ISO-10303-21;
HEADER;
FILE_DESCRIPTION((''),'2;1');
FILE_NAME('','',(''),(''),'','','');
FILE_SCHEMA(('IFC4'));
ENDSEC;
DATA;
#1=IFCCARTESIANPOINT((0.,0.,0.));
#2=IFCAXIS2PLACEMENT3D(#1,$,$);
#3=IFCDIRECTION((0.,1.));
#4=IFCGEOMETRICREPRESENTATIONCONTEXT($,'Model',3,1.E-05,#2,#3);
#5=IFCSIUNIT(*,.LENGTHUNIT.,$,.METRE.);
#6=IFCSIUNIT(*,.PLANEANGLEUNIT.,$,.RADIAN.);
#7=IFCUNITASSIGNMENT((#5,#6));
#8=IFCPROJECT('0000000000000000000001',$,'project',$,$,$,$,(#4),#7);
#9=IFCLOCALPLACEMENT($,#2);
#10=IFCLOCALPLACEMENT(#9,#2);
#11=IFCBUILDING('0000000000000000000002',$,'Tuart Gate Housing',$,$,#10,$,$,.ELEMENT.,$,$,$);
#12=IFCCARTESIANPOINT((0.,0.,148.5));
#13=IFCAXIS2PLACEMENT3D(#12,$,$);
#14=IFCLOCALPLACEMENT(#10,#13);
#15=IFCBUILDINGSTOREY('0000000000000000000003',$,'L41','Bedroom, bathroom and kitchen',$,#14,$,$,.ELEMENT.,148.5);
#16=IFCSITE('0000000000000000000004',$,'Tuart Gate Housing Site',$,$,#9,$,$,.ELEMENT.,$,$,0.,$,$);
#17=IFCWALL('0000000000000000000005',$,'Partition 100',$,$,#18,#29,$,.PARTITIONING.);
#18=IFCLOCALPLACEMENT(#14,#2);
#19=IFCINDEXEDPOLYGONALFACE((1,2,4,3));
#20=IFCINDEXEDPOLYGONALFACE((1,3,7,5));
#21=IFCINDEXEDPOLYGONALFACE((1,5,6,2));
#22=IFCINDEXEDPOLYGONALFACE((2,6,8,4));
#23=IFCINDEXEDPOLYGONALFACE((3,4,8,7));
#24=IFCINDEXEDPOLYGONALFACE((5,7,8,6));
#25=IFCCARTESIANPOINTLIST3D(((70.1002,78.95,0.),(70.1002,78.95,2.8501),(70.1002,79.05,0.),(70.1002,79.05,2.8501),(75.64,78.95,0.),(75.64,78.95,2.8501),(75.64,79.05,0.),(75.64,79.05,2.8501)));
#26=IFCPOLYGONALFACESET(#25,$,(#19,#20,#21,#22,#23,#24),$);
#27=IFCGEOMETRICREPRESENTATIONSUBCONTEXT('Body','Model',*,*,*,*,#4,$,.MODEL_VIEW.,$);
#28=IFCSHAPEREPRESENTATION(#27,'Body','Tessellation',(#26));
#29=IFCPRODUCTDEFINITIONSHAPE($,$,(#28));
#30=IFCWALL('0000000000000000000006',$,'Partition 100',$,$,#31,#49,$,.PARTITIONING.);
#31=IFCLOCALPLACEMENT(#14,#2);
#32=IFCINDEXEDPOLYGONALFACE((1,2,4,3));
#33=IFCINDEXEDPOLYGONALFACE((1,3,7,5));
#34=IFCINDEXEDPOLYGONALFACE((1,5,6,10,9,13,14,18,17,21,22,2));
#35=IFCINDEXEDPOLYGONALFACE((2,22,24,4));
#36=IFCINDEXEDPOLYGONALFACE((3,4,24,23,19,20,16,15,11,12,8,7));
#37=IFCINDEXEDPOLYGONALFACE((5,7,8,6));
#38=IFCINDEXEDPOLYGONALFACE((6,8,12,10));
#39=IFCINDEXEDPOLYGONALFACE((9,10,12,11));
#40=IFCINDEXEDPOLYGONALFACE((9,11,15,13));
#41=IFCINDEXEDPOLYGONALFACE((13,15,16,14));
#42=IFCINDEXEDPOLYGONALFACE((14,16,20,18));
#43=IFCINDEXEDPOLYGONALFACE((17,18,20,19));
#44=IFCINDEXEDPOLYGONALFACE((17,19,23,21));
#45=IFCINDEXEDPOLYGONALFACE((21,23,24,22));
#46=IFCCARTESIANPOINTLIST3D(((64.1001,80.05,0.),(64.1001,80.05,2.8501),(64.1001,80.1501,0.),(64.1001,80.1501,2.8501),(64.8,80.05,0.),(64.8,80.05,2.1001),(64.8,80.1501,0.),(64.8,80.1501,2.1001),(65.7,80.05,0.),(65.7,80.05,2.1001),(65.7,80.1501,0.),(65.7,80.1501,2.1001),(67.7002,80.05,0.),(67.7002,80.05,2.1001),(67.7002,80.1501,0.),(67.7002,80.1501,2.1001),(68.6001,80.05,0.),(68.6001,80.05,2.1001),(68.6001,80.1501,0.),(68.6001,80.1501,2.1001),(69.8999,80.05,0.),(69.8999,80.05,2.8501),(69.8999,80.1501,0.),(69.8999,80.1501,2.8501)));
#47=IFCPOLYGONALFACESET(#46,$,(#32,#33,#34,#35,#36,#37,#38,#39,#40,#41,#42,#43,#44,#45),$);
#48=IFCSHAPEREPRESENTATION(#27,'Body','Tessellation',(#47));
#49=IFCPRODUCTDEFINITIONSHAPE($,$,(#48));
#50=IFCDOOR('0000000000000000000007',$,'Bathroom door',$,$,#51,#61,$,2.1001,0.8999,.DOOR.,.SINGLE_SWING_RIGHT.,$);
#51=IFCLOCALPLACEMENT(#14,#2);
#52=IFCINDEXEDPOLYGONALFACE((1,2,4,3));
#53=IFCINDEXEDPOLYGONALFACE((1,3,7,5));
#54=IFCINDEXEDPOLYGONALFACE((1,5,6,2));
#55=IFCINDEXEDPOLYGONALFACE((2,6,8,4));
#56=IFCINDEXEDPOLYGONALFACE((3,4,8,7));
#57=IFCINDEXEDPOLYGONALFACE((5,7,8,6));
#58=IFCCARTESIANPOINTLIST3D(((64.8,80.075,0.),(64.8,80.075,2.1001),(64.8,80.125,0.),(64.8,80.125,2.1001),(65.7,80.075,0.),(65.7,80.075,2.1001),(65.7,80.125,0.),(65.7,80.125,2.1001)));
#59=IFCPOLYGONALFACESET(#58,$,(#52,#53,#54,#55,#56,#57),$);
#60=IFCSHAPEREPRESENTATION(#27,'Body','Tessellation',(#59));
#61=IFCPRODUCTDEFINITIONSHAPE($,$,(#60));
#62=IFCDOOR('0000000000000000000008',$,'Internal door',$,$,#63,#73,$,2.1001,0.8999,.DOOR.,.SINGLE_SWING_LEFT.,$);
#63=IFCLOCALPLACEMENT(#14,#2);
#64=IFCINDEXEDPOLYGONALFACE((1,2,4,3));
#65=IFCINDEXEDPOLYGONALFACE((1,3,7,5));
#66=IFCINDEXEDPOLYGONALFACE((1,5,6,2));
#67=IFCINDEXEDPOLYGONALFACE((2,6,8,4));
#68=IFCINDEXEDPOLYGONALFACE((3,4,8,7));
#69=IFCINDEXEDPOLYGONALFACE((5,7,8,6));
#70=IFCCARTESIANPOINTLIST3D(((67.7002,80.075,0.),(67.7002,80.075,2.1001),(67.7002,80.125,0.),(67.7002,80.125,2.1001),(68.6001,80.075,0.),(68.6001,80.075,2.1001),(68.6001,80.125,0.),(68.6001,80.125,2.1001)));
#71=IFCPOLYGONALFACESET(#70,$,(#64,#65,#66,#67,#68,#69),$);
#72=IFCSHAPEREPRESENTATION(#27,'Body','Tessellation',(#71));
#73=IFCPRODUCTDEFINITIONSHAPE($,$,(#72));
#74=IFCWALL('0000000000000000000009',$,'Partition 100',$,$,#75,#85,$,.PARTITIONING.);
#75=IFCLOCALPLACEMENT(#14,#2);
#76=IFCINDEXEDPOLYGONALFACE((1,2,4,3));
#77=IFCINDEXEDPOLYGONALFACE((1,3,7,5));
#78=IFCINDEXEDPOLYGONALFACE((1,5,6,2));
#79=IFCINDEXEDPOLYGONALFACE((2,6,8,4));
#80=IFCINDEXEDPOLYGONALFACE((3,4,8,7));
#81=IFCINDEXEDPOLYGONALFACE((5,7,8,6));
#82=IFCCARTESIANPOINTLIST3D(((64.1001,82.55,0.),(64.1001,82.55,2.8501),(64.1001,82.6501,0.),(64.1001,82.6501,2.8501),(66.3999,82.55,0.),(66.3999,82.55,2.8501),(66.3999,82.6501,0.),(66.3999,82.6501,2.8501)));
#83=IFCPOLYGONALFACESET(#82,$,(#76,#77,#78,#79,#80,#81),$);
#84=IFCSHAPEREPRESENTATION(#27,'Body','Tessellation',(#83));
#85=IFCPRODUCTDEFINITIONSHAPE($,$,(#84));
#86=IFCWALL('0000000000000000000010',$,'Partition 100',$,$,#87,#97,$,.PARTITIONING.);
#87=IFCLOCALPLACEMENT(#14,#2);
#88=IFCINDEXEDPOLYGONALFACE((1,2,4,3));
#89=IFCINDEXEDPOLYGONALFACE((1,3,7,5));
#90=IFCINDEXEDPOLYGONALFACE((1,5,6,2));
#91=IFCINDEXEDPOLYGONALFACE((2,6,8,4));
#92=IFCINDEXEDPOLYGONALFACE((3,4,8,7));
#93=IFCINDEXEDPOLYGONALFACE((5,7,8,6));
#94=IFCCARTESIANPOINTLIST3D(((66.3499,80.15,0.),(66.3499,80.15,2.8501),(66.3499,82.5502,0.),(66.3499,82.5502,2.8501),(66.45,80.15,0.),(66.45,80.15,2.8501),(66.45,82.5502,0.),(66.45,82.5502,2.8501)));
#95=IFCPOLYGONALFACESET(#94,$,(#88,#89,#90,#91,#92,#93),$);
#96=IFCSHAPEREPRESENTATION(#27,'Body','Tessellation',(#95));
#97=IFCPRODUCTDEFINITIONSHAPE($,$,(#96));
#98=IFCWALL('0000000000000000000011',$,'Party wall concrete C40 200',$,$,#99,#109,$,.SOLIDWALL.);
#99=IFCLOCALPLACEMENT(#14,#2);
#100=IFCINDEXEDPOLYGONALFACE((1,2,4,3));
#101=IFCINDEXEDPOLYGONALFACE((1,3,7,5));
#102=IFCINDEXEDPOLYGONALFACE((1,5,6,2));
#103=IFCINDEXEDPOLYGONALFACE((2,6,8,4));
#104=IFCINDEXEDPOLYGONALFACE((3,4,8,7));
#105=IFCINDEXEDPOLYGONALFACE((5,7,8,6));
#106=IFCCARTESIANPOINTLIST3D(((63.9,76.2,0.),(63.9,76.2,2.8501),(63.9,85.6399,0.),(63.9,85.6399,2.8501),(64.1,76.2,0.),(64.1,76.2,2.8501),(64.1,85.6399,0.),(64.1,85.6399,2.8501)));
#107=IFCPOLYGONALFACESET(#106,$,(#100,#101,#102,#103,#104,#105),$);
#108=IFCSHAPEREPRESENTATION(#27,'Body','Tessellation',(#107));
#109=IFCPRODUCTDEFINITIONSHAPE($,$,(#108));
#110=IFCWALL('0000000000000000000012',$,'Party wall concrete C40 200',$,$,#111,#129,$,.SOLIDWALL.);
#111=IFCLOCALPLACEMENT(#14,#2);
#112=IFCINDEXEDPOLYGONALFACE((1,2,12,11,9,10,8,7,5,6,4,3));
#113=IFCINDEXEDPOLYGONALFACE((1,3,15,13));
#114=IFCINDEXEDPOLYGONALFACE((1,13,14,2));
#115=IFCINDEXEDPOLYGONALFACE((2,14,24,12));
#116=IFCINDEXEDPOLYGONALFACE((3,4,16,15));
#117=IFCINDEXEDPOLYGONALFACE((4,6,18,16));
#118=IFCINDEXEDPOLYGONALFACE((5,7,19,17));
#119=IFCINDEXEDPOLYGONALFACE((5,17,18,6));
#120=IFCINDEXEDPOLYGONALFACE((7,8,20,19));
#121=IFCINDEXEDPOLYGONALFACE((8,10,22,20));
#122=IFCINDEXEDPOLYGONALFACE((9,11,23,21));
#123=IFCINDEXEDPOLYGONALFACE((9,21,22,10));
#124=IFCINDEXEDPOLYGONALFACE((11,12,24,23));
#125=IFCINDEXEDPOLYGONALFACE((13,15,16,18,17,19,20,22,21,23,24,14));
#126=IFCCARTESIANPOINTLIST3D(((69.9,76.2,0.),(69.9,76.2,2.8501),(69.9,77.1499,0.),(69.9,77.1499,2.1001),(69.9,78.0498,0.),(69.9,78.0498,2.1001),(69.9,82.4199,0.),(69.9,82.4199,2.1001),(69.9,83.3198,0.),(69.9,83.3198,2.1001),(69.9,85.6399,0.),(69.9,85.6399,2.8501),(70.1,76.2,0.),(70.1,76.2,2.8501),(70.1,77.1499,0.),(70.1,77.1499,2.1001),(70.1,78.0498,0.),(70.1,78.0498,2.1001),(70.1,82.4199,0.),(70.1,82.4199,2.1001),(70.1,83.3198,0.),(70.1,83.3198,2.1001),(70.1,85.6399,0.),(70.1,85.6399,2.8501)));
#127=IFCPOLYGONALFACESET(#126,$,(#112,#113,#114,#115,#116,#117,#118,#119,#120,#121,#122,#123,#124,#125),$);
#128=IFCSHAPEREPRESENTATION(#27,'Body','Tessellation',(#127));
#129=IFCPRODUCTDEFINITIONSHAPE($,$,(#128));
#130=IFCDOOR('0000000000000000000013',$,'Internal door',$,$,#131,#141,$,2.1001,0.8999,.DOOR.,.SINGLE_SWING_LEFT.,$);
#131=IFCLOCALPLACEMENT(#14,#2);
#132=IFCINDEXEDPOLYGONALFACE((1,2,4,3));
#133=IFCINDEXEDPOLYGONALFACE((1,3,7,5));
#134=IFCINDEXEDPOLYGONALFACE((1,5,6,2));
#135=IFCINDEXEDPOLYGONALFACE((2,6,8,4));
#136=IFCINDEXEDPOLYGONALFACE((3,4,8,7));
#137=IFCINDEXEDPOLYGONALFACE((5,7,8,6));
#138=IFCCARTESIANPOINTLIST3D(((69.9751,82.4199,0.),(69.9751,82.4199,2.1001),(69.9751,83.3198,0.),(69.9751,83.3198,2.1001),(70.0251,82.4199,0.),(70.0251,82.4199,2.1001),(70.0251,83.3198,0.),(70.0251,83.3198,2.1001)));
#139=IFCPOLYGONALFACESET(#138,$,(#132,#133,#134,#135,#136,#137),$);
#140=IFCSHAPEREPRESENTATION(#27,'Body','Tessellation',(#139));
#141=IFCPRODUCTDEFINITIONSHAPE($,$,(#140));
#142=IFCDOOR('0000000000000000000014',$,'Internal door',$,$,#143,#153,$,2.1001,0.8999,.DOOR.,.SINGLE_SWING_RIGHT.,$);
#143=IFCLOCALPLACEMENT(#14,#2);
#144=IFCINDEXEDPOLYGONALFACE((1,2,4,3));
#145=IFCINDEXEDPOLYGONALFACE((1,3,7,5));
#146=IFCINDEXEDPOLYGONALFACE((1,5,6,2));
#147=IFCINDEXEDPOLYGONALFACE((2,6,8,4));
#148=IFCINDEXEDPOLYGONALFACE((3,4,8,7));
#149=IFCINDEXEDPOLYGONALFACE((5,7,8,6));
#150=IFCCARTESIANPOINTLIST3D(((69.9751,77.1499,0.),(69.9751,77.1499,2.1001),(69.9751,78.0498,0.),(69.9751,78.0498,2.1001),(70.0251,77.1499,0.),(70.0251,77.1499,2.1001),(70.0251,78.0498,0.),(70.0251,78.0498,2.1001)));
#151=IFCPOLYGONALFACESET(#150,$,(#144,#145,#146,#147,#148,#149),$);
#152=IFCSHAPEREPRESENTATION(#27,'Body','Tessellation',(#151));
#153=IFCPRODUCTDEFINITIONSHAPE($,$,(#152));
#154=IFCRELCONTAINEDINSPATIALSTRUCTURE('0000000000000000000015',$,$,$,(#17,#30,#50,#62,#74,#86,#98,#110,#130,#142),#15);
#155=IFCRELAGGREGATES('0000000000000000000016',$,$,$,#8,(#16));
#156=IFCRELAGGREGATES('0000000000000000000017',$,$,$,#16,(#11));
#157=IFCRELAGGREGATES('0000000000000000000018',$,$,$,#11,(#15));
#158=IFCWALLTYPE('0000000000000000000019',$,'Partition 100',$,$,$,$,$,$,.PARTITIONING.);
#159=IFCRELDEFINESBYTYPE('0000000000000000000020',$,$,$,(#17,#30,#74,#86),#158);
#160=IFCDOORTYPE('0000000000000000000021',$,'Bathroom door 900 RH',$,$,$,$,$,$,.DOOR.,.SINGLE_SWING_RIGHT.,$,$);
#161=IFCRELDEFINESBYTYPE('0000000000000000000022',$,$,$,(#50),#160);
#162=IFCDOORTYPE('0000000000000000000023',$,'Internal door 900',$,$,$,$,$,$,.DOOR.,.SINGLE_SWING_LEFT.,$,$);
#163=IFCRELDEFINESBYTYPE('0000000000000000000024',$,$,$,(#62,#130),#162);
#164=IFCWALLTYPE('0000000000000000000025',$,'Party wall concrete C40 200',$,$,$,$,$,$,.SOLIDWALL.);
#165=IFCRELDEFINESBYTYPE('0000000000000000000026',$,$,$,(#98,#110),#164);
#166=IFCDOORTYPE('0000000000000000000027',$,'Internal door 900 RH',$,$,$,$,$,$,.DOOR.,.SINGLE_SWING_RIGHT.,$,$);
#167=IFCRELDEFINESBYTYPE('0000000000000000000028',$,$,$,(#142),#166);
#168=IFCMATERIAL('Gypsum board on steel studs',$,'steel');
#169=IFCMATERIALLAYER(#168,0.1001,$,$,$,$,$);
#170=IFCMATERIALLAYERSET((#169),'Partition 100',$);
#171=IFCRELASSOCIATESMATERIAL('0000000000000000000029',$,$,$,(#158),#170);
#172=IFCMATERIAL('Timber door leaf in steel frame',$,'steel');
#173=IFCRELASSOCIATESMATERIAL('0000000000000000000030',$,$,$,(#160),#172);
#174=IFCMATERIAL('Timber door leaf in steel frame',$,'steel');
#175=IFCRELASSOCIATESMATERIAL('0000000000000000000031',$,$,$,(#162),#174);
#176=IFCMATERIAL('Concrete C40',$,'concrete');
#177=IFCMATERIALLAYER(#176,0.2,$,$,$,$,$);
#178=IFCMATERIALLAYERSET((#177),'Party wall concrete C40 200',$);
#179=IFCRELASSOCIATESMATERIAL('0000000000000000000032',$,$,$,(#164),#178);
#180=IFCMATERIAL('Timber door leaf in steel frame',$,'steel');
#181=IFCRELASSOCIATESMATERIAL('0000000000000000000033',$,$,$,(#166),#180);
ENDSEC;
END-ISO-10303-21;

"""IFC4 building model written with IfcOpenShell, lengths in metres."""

from ifc_helpers import new_model, si_unit, direction, frame, frame_2d, origin, place, context, subcontext, project, spatial, rectangle, extrude, material, layer, layer_set, type_object, element, fill, save


model = new_model("IFC4")

# Units and contexts
model_context = context("Model", 3, precision=1e-05, world=origin(), true_north=direction((0.0, 1.0)))
body_context = subcontext(model_context, "Body", "Model", "MODEL_VIEW")
ifc_project = project(units=[si_unit("LENGTHUNIT", "METRE"), si_unit("PLANEANGLEUNIT", "RADIAN")], contexts=[model_context])

# Site, building, storey
site_placement = place(None, origin())
site = spatial("IfcSite", under=ifc_project, at=site_placement, Name="Tuart Gate Housing Site", CompositionType="ELEMENT", RefElevation=0.0)
building_placement = place(site_placement, origin())
building = spatial("IfcBuilding", under=site, at=building_placement, Name="Tuart Gate Housing", CompositionType="ELEMENT")
storey_placement = place(building_placement, frame((0.0, 0.0, 148.5)))
storey = spatial("IfcBuildingStorey", under=building, at=storey_placement, Name="L41", Description="Bedroom, bathroom and kitchen", CompositionType="ELEMENT", Elevation=148.5)

# Wall
ifc_material_1 = material(Name="Gypsum board on steel studs", Category="steel")
ifc_layer_1 = layer(ifc_material_1, 0.1001)
ifc_layer_set_1 = layer_set([ifc_layer_1], Name="Partition 100")
wall_type_1 = type_object("IfcWallType", Name="Partition 100", PredefinedType="PARTITIONING", material=ifc_layer_set_1)
wall_1_placement = place(storey_placement, frame((70.1001, 79.0, 0.0), z_axis=(0.0, 0.0, 1.0), x_axis=(1.0, 0.0, 0.0)))
element("IfcWall", 1, at=wall_1_placement, inside=storey, type_object=wall_type_1, Name="Partition 100", PredefinedType="PARTITIONING", context=body_context, shape_type="SweptSolid", body=[
    extrude(rectangle(XDim=5.5398, YDim=0.1001, at=frame_2d((2.77, 0.0))), origin(), (0.0, 0.0, 1.0), 2.8501),
])

# Wall, openings, doors
wall_2_placement = place(storey_placement, frame((64.1001, 80.1001, 0.0), z_axis=(0.0, 0.0, 1.0), x_axis=(1.0, 0.0, 0.0)))
wall_2 = element("IfcWall", 2, at=wall_2_placement, inside=storey, type_object=wall_type_1, Name="Partition 100", PredefinedType="PARTITIONING", context=body_context, shape_type="SweptSolid", body=[
    extrude(rectangle(XDim=5.7998, YDim=0.1001, at=frame_2d((2.8999, 0.0))), origin(), (0.0, 0.0, 1.0), 2.8501),
])
opening_1_placement = place(wall_2_placement, frame((3.6001, 0.0, 0.0)))
opening_1 = element("IfcOpeningElement", 3, at=opening_1_placement, cuts=wall_2, PredefinedType="OPENING", context=body_context, shape_type="SweptSolid", body=[
    extrude(rectangle(XDim=0.8999, YDim=2.1001, at=frame_2d((0.45, 1.05))), frame((0.0, 0.0601, 0.0), z_axis=(0.0, -1.0, 0.0), x_axis=(1.0, 0.0, 0.0)), (0.0, 0.0, 1.0), 0.1201),
])
opening_2_placement = place(wall_2_placement, frame((0.7, 0.0, 0.0)))
opening_2 = element("IfcOpeningElement", 4, at=opening_2_placement, cuts=wall_2, PredefinedType="OPENING", context=body_context, shape_type="SweptSolid", body=[
    extrude(rectangle(XDim=0.8999, YDim=2.1001, at=frame_2d((0.45, 1.05))), frame((0.0, 0.0601, 0.0), z_axis=(0.0, -1.0, 0.0), x_axis=(1.0, 0.0, 0.0)), (0.0, 0.0, 1.0), 0.1201),
])
ifc_material_2 = material(Name="Timber door leaf in steel frame", Category="steel")
door_type_1 = type_object("IfcDoorType", Name="Bathroom door 900 RH", OperationType="SINGLE_SWING_RIGHT", PredefinedType="DOOR", material=ifc_material_2)
door_1_placement = place(opening_2_placement, origin())
door_1 = element("IfcDoor", 5, at=door_1_placement, inside=storey, type_object=door_type_1, Name="Bathroom door", OperationType="SINGLE_SWING_RIGHT", OverallHeight=2.1001, OverallWidth=0.8999, PredefinedType="DOOR", context=body_context, shape_type="SweptSolid", body=[
    extrude(rectangle(XDim=0.8999, YDim=2.1001, at=frame_2d((0.45, 1.05))), frame((0.0, 0.0249, 0.0), z_axis=(0.0, -1.0, 0.0), x_axis=(1.0, 0.0, 0.0)), (0.0, 0.0, 1.0), 0.05),
])
fill(opening_2, door_1)
ifc_material_3 = material(Name="Timber door leaf in steel frame", Category="steel")
door_type_2 = type_object("IfcDoorType", Name="Internal door 900", OperationType="SINGLE_SWING_LEFT", PredefinedType="DOOR", material=ifc_material_3)
door_2_placement = place(opening_1_placement, frame((0.8999, 0.0, 0.0), z_axis=(0.0, 0.0, 1.0), x_axis=(-1.0, 0.0, 0.0)))
door_2 = element("IfcDoor", 6, at=door_2_placement, inside=storey, type_object=door_type_2, Name="Internal door", OperationType="SINGLE_SWING_LEFT", OverallHeight=2.1001, OverallWidth=0.8999, PredefinedType="DOOR", context=body_context, shape_type="SweptSolid", body=[
    extrude(rectangle(XDim=0.8999, YDim=2.1001, at=frame_2d((0.45, 1.05))), frame((0.0, 0.0251, 0.0), z_axis=(0.0, -1.0, 0.0), x_axis=(1.0, 0.0, 0.0)), (0.0, 0.0, 1.0), 0.05),
])
fill(opening_1, door_2)

# Walls
wall_3_placement = place(storey_placement, frame((64.1001, 82.6001, 0.0), z_axis=(0.0, 0.0, 1.0), x_axis=(1.0, 0.0, 0.0)))
element("IfcWall", 7, at=wall_3_placement, inside=storey, type_object=wall_type_1, Name="Partition 100", PredefinedType="PARTITIONING", context=body_context, shape_type="SweptSolid", body=[
    extrude(rectangle(XDim=2.2998, YDim=0.1001, at=frame_2d((1.1499, 0.0))), origin(), (0.0, 0.0, 1.0), 2.8501),
])
wall_4_placement = place(storey_placement, frame((66.3999, 80.1499, 0.0), z_axis=(0.0, 0.0, 1.0), x_axis=(0.0, 1.0, 0.0)))
element("IfcWall", 8, at=wall_4_placement, inside=storey, type_object=wall_type_1, Name="Partition 100", PredefinedType="PARTITIONING", context=body_context, shape_type="SweptSolid", body=[
    extrude(rectangle(XDim=2.4001, YDim=0.1001, at=frame_2d((1.2002, 0.0))), origin(), (0.0, 0.0, 1.0), 2.8501),
])
ifc_material_4 = material(Name="Concrete C40", Category="concrete")
ifc_layer_2 = layer(ifc_material_4, 0.2)
ifc_layer_set_2 = layer_set([ifc_layer_2], Name="Party wall concrete C40 200")
wall_type_2 = type_object("IfcWallType", Name="Party wall concrete C40 200", PredefinedType="SOLIDWALL", material=ifc_layer_set_2)
wall_5_placement = place(storey_placement, frame((64.0, 76.2, 0.0), z_axis=(0.0, 0.0, 1.0), x_axis=(0.0, 1.0, 0.0)))
element("IfcWall", 9, at=wall_5_placement, inside=storey, type_object=wall_type_2, Name="Party wall concrete C40 200", PredefinedType="SOLIDWALL", context=body_context, shape_type="SweptSolid", body=[
    extrude(rectangle(XDim=9.4399, YDim=0.2, at=frame_2d((4.72, 0.0))), origin(), (0.0, 0.0, 1.0), 2.8501),
])

# Wall, openings, doors
wall_6_placement = place(storey_placement, frame((70.0, 76.2, 0.0), z_axis=(0.0, 0.0, 1.0), x_axis=(0.0, 1.0, 0.0)))
wall_6 = element("IfcWall", 10, at=wall_6_placement, inside=storey, type_object=wall_type_2, Name="Party wall concrete C40 200", PredefinedType="SOLIDWALL", context=body_context, shape_type="SweptSolid", body=[
    extrude(rectangle(XDim=9.4399, YDim=0.2, at=frame_2d((4.72, 0.0))), origin(), (0.0, 0.0, 1.0), 2.8501),
])
opening_3_placement = place(wall_6_placement, frame((6.22, 0.0, 0.0)))
opening_3 = element("IfcOpeningElement", 11, at=opening_3_placement, cuts=wall_6, PredefinedType="OPENING", context=body_context, shape_type="SweptSolid", body=[
    extrude(rectangle(XDim=0.8999, YDim=2.1001, at=frame_2d((0.45, 1.05))), frame((0.0, 0.1099, 0.0), z_axis=(0.0, -1.0, 0.0), x_axis=(1.0, 0.0, 0.0)), (0.0, 0.0, 1.0), 0.22),
])
opening_4_placement = place(wall_6_placement, frame((0.95, 0.0, 0.0)))
opening_4 = element("IfcOpeningElement", 12, at=opening_4_placement, cuts=wall_6, PredefinedType="OPENING", context=body_context, shape_type="SweptSolid", body=[
    extrude(rectangle(XDim=0.8999, YDim=2.1001, at=frame_2d((0.45, 1.05))), frame((0.0, 0.1099, 0.0), z_axis=(0.0, -1.0, 0.0), x_axis=(1.0, 0.0, 0.0)), (0.0, 0.0, 1.0), 0.22),
])
door_3_placement = place(opening_3_placement, frame((0.8999, 0.0, 0.0), z_axis=(0.0, 0.0, 1.0), x_axis=(-1.0, 0.0, 0.0)))
door_3 = element("IfcDoor", 13, at=door_3_placement, inside=storey, type_object=door_type_2, Name="Internal door", OperationType="SINGLE_SWING_LEFT", OverallHeight=2.1001, OverallWidth=0.8999, PredefinedType="DOOR", context=body_context, shape_type="SweptSolid", body=[
    extrude(rectangle(XDim=0.8999, YDim=2.1001, at=frame_2d((0.45, 1.05))), frame((0.0, 0.0251, 0.0), z_axis=(0.0, -1.0, 0.0), x_axis=(1.0, 0.0, 0.0)), (0.0, 0.0, 1.0), 0.05),
])
fill(opening_3, door_3)
ifc_material_5 = material(Name="Timber door leaf in steel frame", Category="steel")
door_type_3 = type_object("IfcDoorType", Name="Internal door 900 RH", OperationType="SINGLE_SWING_RIGHT", PredefinedType="DOOR", material=ifc_material_5)
door_4_placement = place(opening_4_placement, frame((0.8999, 0.0, 0.0), z_axis=(0.0, 0.0, 1.0), x_axis=(-1.0, 0.0, 0.0)))
door_4 = element("IfcDoor", 14, at=door_4_placement, inside=storey, type_object=door_type_3, Name="Internal door", OperationType="SINGLE_SWING_RIGHT", OverallHeight=2.1001, OverallWidth=0.8999, PredefinedType="DOOR", context=body_context, shape_type="SweptSolid", body=[
    extrude(rectangle(XDim=0.8999, YDim=2.1001, at=frame_2d((0.45, 1.05))), frame((0.0, 0.0251, 0.0), z_axis=(0.0, -1.0, 0.0), x_axis=(1.0, 0.0, 0.0)), (0.0, 0.0, 1.0), 0.05),
])
fill(opening_4, door_4)

save(model, "model.ifc")
